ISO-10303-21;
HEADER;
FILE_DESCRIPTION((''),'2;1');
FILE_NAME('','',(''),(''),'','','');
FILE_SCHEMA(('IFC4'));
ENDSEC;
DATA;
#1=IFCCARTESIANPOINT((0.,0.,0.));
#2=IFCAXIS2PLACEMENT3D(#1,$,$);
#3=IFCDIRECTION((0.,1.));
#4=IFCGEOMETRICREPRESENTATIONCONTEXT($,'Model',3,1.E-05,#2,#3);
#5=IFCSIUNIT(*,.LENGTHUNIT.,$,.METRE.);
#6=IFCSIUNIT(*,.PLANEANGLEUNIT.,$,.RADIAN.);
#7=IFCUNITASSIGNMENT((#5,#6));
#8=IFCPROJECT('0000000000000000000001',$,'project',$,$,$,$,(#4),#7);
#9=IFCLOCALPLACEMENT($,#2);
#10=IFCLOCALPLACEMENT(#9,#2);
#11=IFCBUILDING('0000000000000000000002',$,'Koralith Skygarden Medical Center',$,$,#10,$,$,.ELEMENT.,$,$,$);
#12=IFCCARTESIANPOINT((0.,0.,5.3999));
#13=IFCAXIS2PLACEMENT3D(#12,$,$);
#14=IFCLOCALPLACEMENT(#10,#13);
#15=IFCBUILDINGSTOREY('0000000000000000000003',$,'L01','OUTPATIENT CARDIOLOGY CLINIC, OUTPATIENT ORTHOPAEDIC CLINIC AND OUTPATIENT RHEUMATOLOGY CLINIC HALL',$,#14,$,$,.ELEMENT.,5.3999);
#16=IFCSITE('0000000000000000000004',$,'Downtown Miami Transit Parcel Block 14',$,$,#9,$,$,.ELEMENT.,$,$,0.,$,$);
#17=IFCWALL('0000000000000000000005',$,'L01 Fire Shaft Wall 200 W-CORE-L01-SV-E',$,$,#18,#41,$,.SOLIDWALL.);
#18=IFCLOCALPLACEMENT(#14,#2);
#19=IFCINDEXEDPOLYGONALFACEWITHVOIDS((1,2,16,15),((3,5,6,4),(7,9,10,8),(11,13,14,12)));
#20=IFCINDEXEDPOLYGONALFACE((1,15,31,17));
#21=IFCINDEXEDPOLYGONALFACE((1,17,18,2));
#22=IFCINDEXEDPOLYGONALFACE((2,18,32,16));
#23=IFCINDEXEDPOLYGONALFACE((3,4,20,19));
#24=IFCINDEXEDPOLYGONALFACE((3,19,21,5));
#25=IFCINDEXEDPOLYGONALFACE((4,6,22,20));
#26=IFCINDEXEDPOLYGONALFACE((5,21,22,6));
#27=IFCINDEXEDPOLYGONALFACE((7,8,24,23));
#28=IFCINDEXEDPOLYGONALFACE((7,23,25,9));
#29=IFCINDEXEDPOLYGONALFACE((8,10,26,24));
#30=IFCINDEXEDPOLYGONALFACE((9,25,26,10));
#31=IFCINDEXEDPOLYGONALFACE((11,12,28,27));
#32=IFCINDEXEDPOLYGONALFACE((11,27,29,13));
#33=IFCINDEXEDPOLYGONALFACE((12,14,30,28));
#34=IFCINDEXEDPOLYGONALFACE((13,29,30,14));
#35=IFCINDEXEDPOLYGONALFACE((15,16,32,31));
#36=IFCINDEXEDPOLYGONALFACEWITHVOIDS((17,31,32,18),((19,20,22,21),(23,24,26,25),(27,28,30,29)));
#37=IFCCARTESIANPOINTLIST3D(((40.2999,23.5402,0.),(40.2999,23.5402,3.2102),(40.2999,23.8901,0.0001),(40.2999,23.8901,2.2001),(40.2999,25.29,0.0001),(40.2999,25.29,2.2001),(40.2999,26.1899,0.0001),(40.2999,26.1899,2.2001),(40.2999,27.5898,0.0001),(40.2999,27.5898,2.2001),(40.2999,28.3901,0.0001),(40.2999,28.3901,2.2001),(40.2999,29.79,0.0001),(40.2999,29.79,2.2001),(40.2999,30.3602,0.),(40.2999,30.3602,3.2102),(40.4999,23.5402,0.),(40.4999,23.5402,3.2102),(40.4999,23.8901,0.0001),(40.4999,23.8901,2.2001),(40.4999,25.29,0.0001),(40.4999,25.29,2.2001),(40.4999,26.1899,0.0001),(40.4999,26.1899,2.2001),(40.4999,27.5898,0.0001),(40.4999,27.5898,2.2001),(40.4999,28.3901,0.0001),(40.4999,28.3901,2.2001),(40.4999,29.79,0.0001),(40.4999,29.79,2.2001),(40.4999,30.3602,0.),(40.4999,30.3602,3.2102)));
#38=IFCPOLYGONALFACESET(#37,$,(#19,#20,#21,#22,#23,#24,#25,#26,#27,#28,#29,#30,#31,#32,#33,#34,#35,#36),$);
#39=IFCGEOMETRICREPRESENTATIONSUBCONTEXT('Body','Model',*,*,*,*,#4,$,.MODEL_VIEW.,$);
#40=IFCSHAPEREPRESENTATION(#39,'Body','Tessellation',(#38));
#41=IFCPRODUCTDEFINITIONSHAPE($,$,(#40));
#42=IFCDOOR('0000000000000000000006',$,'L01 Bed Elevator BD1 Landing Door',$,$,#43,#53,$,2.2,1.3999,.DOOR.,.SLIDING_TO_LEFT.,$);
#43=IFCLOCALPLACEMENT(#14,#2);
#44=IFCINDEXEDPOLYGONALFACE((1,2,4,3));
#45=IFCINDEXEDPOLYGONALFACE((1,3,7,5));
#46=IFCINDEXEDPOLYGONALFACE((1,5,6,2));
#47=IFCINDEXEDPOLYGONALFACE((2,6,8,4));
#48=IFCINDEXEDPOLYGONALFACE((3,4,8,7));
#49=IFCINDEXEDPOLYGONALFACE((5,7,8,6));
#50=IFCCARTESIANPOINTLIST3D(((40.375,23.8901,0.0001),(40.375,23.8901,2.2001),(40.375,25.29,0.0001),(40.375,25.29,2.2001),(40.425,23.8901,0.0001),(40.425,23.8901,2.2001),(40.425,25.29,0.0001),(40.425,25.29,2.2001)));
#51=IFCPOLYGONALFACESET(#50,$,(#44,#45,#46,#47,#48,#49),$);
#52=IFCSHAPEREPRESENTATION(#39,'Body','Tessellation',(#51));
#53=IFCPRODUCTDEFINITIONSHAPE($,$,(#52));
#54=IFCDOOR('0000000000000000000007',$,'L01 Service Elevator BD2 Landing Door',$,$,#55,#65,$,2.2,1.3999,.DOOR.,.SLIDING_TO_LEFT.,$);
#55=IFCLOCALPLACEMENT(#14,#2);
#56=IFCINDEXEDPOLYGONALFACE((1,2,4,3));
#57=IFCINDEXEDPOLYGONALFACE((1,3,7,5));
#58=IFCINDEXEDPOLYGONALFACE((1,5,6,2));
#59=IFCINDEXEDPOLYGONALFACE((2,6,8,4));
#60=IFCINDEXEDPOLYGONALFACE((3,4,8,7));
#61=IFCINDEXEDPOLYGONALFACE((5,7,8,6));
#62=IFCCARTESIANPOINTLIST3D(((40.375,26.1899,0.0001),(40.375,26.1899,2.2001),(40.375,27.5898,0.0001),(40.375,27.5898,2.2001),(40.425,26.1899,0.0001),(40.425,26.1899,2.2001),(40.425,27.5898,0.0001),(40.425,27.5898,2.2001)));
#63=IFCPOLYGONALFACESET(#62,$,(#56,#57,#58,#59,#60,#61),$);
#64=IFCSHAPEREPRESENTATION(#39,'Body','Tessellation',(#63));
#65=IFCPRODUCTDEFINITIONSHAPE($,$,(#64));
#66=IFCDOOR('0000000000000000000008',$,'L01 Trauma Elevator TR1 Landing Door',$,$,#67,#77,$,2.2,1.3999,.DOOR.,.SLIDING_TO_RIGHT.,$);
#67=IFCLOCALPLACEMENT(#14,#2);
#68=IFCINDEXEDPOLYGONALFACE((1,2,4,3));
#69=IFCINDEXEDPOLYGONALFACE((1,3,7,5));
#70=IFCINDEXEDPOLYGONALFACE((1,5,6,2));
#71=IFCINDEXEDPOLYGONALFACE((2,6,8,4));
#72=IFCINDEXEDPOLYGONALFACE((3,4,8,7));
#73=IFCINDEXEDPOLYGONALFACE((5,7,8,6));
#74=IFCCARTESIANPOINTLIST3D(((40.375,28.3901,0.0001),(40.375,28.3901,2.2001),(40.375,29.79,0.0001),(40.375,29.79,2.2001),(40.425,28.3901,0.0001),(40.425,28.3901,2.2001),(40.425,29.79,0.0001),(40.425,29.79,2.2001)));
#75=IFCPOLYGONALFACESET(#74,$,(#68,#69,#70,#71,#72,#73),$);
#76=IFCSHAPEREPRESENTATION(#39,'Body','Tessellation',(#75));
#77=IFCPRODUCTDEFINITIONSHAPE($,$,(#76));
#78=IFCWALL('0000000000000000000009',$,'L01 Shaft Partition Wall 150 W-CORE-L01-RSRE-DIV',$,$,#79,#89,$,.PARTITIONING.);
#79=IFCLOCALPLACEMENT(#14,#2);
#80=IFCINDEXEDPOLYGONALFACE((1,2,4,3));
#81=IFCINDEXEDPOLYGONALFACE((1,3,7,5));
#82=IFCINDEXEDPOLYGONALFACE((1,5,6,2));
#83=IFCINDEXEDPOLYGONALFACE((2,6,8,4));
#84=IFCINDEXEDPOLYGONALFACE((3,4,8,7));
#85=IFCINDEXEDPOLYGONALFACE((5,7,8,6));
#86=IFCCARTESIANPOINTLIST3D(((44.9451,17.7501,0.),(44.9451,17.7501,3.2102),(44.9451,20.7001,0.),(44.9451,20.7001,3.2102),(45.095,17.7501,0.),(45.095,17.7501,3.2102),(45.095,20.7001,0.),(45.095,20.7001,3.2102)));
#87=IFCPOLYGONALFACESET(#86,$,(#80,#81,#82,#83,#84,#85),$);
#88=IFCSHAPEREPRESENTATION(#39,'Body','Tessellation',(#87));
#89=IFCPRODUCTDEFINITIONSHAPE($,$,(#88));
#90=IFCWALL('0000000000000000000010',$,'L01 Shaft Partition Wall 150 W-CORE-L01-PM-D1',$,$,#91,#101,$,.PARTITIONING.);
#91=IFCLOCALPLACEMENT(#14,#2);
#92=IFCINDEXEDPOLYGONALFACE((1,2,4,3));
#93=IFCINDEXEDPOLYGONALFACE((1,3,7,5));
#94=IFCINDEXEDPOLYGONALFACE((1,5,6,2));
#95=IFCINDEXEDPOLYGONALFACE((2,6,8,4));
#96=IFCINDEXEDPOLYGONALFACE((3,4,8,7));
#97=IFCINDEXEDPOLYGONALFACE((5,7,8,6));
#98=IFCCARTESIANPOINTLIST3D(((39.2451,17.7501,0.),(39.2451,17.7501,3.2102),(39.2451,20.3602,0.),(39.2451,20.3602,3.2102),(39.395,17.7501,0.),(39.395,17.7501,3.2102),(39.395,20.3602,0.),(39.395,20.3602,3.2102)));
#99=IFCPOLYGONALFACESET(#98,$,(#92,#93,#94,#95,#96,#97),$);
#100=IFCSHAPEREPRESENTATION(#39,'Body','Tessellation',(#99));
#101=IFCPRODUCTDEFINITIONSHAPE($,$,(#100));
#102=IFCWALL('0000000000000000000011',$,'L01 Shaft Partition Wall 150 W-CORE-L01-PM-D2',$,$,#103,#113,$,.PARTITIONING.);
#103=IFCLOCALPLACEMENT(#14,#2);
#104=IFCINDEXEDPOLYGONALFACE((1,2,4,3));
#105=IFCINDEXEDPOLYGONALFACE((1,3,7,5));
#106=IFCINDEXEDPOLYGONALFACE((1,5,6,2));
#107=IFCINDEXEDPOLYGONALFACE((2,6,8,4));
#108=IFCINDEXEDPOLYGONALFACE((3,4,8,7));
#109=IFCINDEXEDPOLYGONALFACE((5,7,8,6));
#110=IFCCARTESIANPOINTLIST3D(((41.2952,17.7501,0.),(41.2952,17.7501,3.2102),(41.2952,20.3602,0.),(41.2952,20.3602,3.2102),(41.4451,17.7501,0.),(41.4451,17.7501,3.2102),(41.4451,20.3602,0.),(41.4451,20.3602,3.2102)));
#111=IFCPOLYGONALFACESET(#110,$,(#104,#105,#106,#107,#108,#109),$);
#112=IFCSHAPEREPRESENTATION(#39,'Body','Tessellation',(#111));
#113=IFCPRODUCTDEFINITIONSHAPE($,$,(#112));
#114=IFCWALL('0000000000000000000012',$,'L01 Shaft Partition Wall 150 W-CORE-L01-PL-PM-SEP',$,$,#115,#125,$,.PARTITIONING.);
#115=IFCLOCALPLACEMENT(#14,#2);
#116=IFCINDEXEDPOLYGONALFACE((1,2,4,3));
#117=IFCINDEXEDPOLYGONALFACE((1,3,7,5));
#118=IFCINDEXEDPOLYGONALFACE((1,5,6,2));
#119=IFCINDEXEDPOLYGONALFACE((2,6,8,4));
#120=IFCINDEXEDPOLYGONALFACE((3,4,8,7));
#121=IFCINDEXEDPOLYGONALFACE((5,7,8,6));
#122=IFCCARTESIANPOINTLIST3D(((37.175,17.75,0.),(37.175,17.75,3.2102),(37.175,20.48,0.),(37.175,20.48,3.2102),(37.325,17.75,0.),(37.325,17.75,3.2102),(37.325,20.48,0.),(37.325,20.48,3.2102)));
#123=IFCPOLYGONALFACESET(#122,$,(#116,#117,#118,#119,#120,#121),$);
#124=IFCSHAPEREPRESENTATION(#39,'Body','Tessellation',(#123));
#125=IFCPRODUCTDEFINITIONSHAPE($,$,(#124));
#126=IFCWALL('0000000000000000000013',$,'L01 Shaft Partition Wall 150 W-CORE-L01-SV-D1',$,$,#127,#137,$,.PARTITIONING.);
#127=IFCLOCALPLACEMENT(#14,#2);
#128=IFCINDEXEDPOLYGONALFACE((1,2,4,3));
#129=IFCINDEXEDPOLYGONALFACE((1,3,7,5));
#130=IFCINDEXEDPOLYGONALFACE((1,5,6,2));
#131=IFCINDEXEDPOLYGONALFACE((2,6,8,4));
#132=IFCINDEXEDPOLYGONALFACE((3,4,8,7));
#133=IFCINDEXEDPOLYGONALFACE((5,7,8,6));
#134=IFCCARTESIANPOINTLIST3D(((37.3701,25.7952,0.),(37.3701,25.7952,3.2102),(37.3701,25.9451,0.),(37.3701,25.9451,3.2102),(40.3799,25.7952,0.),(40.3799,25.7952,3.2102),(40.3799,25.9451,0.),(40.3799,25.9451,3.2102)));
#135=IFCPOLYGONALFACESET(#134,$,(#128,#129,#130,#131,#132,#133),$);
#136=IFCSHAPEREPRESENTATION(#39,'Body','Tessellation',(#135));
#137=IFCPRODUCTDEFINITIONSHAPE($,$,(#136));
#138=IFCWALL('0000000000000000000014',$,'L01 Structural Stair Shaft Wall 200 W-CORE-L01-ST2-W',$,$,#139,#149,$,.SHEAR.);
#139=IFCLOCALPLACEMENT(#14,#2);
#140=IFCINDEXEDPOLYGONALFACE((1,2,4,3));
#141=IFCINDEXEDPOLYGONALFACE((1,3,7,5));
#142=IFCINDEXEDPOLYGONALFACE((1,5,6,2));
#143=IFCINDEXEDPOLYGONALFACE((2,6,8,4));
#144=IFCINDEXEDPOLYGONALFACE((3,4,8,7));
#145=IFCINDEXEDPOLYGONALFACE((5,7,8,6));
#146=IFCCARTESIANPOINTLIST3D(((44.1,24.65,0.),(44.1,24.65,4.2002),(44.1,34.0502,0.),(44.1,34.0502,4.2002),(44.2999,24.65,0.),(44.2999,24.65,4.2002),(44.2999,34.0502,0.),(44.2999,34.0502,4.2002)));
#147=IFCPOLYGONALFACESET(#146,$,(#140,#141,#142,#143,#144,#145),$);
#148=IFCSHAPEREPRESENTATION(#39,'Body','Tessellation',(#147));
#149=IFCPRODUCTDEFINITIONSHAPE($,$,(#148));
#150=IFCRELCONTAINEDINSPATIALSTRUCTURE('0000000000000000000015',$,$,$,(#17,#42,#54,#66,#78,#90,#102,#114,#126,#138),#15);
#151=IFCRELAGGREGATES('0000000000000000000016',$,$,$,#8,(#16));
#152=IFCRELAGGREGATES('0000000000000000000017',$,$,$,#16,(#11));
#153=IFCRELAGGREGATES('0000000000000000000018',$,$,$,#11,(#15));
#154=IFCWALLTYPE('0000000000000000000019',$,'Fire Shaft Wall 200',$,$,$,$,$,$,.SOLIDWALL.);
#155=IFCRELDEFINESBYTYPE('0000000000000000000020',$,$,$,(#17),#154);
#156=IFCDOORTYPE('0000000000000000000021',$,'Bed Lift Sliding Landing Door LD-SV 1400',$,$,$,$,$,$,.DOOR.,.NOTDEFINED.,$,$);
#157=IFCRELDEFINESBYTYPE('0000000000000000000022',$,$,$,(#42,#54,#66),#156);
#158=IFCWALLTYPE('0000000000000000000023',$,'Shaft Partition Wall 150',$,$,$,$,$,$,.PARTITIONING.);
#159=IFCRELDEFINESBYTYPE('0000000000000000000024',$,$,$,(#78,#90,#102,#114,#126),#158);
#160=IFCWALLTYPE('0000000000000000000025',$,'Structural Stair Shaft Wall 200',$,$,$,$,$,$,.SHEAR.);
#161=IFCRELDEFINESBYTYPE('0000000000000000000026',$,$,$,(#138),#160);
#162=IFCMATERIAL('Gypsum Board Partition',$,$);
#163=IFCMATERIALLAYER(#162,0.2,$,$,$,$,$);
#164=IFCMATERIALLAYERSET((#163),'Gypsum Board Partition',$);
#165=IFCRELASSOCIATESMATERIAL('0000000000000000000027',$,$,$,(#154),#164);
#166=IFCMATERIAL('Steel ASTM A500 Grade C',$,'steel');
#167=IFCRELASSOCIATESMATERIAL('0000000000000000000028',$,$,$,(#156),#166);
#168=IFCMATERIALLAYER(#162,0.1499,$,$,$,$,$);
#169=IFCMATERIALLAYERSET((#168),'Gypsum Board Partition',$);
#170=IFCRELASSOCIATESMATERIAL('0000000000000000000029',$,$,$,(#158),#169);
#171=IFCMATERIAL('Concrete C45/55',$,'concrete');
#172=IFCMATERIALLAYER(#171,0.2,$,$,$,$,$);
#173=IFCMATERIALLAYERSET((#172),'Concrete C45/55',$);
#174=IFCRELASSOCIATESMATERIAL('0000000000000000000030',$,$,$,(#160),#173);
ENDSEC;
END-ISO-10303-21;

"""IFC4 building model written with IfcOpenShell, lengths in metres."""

from ifc_helpers import new_model, si_unit, direction, frame, frame_2d, origin, place, context, subcontext, project, spatial, rectangle, extrude, material, layer, layer_set, type_object, element, fill, save


model = new_model("IFC4")

# Units and contexts
model_context = context("Model", 3, precision=1e-05, world=origin(), true_north=direction((0.0, 1.0)))
body_context = subcontext(model_context, "Body", "Model", "MODEL_VIEW")
ifc_project = project(units=[si_unit("LENGTHUNIT", "METRE"), si_unit("PLANEANGLEUNIT", "RADIAN")], contexts=[model_context])

# Site, building, storey
site_placement = place(None, origin())
site = spatial("IfcSite", under=ifc_project, at=site_placement, Name="Downtown Miami Transit Parcel Block 14", CompositionType="ELEMENT", RefElevation=0.0)
building_placement = place(site_placement, origin())
building = spatial("IfcBuilding", under=site, at=building_placement, Name="Koralith Skygarden Medical Center", CompositionType="ELEMENT")
storey_placement = place(building_placement, frame((0.0, 0.0, 5.3999)))
storey = spatial("IfcBuildingStorey", under=building, at=storey_placement, Name="L01", Description="OUTPATIENT CARDIOLOGY CLINIC, OUTPATIENT ORTHOPAEDIC CLINIC AND OUTPATIENT RHEUMATOLOGY CLINIC HALL", CompositionType="ELEMENT", Elevation=5.3999)

# Shared definitions
ifc_material_1 = material(Name="Gypsum Board Partition")

# Shared definitions
ifc_layer_1 = layer(ifc_material_1, 0.2)
ifc_layer_set_1 = layer_set([ifc_layer_1], Name="Gypsum Board Partition")
wall_type_1 = type_object("IfcWallType", Name="Fire Shaft Wall 200", PredefinedType="SOLIDWALL", material=ifc_layer_set_1)
ifc_material_2 = material(Name="Steel ASTM A500 Grade C", Category="steel")

# Wall, openings, doors
wall_1_placement = place(storey_placement, frame((40.3999, 23.54, 0.0), z_axis=(0.0, 0.0, 1.0), x_axis=(0.0, 1.0, 0.0)))
wall_1 = element("IfcWall", 1, at=wall_1_placement, inside=storey, type_object=wall_type_1, Name="L01 Fire Shaft Wall 200 W-CORE-L01-SV-E", PredefinedType="SOLIDWALL", context=body_context, shape_type="SweptSolid", body=[
    extrude(rectangle(XDim=6.8201, YDim=0.2, at=frame_2d((3.4102, 0.0))), origin(), (0.0, 0.0, 1.0), 3.2102),
])
opening_1_placement = place(wall_1_placement, frame((0.3501, 0.0, 0.0)))
opening_1 = element("IfcOpeningElement", 2, at=opening_1_placement, cuts=wall_1, PredefinedType="OPENING", context=body_context, shape_type="SweptSolid", body=[
    extrude(rectangle(XDim=1.3999, YDim=2.2, at=frame_2d((0.7, 1.1001))), frame((0.0, 0.1099, 0.0), z_axis=(0.0, -1.0, 0.0), x_axis=(1.0, 0.0, 0.0)), (0.0, 0.0, 1.0), 0.22),
])
opening_2_placement = place(wall_1_placement, frame((2.6499, 0.0, 0.0)))
opening_2 = element("IfcOpeningElement", 3, at=opening_2_placement, cuts=wall_1, PredefinedType="OPENING", context=body_context, shape_type="SweptSolid", body=[
    extrude(rectangle(XDim=1.3999, YDim=2.2, at=frame_2d((0.7, 1.1001))), frame((0.0, 0.1099, 0.0), z_axis=(0.0, -1.0, 0.0), x_axis=(1.0, 0.0, 0.0)), (0.0, 0.0, 1.0), 0.22),
])
opening_3_placement = place(wall_1_placement, frame((4.8501, 0.0, 0.0)))
opening_3 = element("IfcOpeningElement", 4, at=opening_3_placement, cuts=wall_1, PredefinedType="OPENING", context=body_context, shape_type="SweptSolid", body=[
    extrude(rectangle(XDim=1.3999, YDim=2.2, at=frame_2d((0.7, 1.1001))), frame((0.0, 0.1099, 0.0), z_axis=(0.0, -1.0, 0.0), x_axis=(1.0, 0.0, 0.0)), (0.0, 0.0, 1.0), 0.22),
])
door_type_1 = type_object("IfcDoorType", Name="Bed Lift Sliding Landing Door LD-SV 1400", OperationType="NOTDEFINED", PredefinedType="DOOR", material=ifc_material_2)
door_1_placement = place(opening_1_placement, origin())
door_1 = element("IfcDoor", 5, at=door_1_placement, inside=storey, type_object=door_type_1, Name="L01 Bed Elevator BD1 Landing Door", OperationType="SLIDING_TO_LEFT", OverallHeight=2.2, OverallWidth=1.3999, PredefinedType="DOOR", context=body_context, shape_type="SweptSolid", body=[
    extrude(rectangle(XDim=1.3999, YDim=2.2, at=frame_2d((0.7, 1.1001))), frame((0.0, 0.0249, 0.0), z_axis=(0.0, -1.0, 0.0), x_axis=(1.0, 0.0, 0.0)), (0.0, 0.0, 1.0), 0.05),
])
fill(opening_1, door_1)
door_2_placement = place(opening_2_placement, origin())
door_2 = element("IfcDoor", 6, at=door_2_placement, inside=storey, type_object=door_type_1, Name="L01 Service Elevator BD2 Landing Door", OperationType="SLIDING_TO_LEFT", OverallHeight=2.2, OverallWidth=1.3999, PredefinedType="DOOR", context=body_context, shape_type="SweptSolid", body=[
    extrude(rectangle(XDim=1.3999, YDim=2.2, at=frame_2d((0.7, 1.1001))), frame((0.0, 0.0249, 0.0), z_axis=(0.0, -1.0, 0.0), x_axis=(1.0, 0.0, 0.0)), (0.0, 0.0, 1.0), 0.05),
])
fill(opening_2, door_2)
door_3_placement = place(opening_3_placement, origin())
door_3 = element("IfcDoor", 7, at=door_3_placement, inside=storey, type_object=door_type_1, Name="L01 Trauma Elevator TR1 Landing Door", OperationType="SLIDING_TO_RIGHT", OverallHeight=2.2, OverallWidth=1.3999, PredefinedType="DOOR", context=body_context, shape_type="SweptSolid", body=[
    extrude(rectangle(XDim=1.3999, YDim=2.2, at=frame_2d((0.7, 1.1001))), frame((0.0, 0.0249, 0.0), z_axis=(0.0, -1.0, 0.0), x_axis=(1.0, 0.0, 0.0)), (0.0, 0.0, 1.0), 0.05),
])
fill(opening_3, door_3)

# Walls
ifc_layer_2 = layer(ifc_material_1, 0.1499)
ifc_layer_set_2 = layer_set([ifc_layer_2], Name="Gypsum Board Partition")
wall_type_2 = type_object("IfcWallType", Name="Shaft Partition Wall 150", PredefinedType="PARTITIONING", material=ifc_layer_set_2)
wall_2_placement = place(storey_placement, frame((45.02, 17.75, 0.0), z_axis=(0.0, 0.0, 1.0), x_axis=(0.0, 1.0, 0.0)))
element("IfcWall", 8, at=wall_2_placement, inside=storey, type_object=wall_type_2, Name="L01 Shaft Partition Wall 150 W-CORE-L01-RSRE-DIV", PredefinedType="PARTITIONING", context=body_context, shape_type="SweptSolid", body=[
    extrude(rectangle(XDim=2.95, YDim=0.1499, at=frame_2d((1.4751, 0.0))), origin(), (0.0, 0.0, 1.0), 3.2102),
])
for number, where, z_axis, x_axis, name in (
    (9, (39.3201, 17.75, 0.0), (0.0, 0.0, 1.0), (0.0, 1.0, 0.0), "L01 Shaft Partition Wall 150 W-CORE-L01-PM-D1"),
    (10, (41.3701, 17.75, 0.0), (0.0, 0.0, 1.0), (0.0, 1.0, 0.0), "L01 Shaft Partition Wall 150 W-CORE-L01-PM-D2"),
):
    element("IfcWall", number, at=place(storey_placement, frame(where, z_axis=z_axis, x_axis=x_axis)), inside=storey, type_object=wall_type_2, Name=name, PredefinedType="PARTITIONING", context=body_context, shape_type="SweptSolid", body=[
        extrude(rectangle(XDim=2.6101, YDim=0.1499, at=frame_2d((1.3052, 0.0))), origin(), (0.0, 0.0, 1.0), 3.2102),
    ])
wall_3_placement = place(storey_placement, frame((37.25, 17.75, 0.0), z_axis=(0.0, 0.0, 1.0), x_axis=(0.0, 1.0, 0.0)))
element("IfcWall", 11, at=wall_3_placement, inside=storey, type_object=wall_type_2, Name="L01 Shaft Partition Wall 150 W-CORE-L01-PL-PM-SEP", PredefinedType="PARTITIONING", context=body_context, shape_type="SweptSolid", body=[
    extrude(rectangle(XDim=2.73, YDim=0.1499, at=frame_2d((1.365, 0.0))), origin(), (0.0, 0.0, 1.0), 3.2102),
])
wall_4_placement = place(storey_placement, frame((37.3701, 25.8701, 0.0), z_axis=(0.0, 0.0, 1.0), x_axis=(1.0, 0.0, 0.0)))
element("IfcWall", 12, at=wall_4_placement, inside=storey, type_object=wall_type_2, Name="L01 Shaft Partition Wall 150 W-CORE-L01-SV-D1", PredefinedType="PARTITIONING", context=body_context, shape_type="SweptSolid", body=[
    extrude(rectangle(XDim=3.0098, YDim=0.1499, at=frame_2d((1.5049, 0.0))), origin(), (0.0, 0.0, 1.0), 3.2102),
])
ifc_material_3 = material(Name="Concrete C45/55", Category="concrete")
ifc_layer_3 = layer(ifc_material_3, 0.2)
ifc_layer_set_3 = layer_set([ifc_layer_3], Name="Concrete C45/55")
wall_type_3 = type_object("IfcWallType", Name="Structural Stair Shaft Wall 200", PredefinedType="SHEAR", material=ifc_layer_set_3)
wall_5_placement = place(storey_placement, frame((44.2, 24.6499, 0.0), z_axis=(0.0, 0.0, 1.0), x_axis=(0.0, 1.0, 0.0)))
element("IfcWall", 13, at=wall_5_placement, inside=storey, type_object=wall_type_3, Name="L01 Structural Stair Shaft Wall 200 W-CORE-L01-ST2-W", PredefinedType="SHEAR", context=body_context, shape_type="SweptSolid", body=[
    extrude(rectangle(XDim=9.4001, YDim=0.2, at=frame_2d((4.7002, 0.0))), origin(), (0.0, 0.0, 1.0), 4.2002),
])

save(model, "model.ifc")
